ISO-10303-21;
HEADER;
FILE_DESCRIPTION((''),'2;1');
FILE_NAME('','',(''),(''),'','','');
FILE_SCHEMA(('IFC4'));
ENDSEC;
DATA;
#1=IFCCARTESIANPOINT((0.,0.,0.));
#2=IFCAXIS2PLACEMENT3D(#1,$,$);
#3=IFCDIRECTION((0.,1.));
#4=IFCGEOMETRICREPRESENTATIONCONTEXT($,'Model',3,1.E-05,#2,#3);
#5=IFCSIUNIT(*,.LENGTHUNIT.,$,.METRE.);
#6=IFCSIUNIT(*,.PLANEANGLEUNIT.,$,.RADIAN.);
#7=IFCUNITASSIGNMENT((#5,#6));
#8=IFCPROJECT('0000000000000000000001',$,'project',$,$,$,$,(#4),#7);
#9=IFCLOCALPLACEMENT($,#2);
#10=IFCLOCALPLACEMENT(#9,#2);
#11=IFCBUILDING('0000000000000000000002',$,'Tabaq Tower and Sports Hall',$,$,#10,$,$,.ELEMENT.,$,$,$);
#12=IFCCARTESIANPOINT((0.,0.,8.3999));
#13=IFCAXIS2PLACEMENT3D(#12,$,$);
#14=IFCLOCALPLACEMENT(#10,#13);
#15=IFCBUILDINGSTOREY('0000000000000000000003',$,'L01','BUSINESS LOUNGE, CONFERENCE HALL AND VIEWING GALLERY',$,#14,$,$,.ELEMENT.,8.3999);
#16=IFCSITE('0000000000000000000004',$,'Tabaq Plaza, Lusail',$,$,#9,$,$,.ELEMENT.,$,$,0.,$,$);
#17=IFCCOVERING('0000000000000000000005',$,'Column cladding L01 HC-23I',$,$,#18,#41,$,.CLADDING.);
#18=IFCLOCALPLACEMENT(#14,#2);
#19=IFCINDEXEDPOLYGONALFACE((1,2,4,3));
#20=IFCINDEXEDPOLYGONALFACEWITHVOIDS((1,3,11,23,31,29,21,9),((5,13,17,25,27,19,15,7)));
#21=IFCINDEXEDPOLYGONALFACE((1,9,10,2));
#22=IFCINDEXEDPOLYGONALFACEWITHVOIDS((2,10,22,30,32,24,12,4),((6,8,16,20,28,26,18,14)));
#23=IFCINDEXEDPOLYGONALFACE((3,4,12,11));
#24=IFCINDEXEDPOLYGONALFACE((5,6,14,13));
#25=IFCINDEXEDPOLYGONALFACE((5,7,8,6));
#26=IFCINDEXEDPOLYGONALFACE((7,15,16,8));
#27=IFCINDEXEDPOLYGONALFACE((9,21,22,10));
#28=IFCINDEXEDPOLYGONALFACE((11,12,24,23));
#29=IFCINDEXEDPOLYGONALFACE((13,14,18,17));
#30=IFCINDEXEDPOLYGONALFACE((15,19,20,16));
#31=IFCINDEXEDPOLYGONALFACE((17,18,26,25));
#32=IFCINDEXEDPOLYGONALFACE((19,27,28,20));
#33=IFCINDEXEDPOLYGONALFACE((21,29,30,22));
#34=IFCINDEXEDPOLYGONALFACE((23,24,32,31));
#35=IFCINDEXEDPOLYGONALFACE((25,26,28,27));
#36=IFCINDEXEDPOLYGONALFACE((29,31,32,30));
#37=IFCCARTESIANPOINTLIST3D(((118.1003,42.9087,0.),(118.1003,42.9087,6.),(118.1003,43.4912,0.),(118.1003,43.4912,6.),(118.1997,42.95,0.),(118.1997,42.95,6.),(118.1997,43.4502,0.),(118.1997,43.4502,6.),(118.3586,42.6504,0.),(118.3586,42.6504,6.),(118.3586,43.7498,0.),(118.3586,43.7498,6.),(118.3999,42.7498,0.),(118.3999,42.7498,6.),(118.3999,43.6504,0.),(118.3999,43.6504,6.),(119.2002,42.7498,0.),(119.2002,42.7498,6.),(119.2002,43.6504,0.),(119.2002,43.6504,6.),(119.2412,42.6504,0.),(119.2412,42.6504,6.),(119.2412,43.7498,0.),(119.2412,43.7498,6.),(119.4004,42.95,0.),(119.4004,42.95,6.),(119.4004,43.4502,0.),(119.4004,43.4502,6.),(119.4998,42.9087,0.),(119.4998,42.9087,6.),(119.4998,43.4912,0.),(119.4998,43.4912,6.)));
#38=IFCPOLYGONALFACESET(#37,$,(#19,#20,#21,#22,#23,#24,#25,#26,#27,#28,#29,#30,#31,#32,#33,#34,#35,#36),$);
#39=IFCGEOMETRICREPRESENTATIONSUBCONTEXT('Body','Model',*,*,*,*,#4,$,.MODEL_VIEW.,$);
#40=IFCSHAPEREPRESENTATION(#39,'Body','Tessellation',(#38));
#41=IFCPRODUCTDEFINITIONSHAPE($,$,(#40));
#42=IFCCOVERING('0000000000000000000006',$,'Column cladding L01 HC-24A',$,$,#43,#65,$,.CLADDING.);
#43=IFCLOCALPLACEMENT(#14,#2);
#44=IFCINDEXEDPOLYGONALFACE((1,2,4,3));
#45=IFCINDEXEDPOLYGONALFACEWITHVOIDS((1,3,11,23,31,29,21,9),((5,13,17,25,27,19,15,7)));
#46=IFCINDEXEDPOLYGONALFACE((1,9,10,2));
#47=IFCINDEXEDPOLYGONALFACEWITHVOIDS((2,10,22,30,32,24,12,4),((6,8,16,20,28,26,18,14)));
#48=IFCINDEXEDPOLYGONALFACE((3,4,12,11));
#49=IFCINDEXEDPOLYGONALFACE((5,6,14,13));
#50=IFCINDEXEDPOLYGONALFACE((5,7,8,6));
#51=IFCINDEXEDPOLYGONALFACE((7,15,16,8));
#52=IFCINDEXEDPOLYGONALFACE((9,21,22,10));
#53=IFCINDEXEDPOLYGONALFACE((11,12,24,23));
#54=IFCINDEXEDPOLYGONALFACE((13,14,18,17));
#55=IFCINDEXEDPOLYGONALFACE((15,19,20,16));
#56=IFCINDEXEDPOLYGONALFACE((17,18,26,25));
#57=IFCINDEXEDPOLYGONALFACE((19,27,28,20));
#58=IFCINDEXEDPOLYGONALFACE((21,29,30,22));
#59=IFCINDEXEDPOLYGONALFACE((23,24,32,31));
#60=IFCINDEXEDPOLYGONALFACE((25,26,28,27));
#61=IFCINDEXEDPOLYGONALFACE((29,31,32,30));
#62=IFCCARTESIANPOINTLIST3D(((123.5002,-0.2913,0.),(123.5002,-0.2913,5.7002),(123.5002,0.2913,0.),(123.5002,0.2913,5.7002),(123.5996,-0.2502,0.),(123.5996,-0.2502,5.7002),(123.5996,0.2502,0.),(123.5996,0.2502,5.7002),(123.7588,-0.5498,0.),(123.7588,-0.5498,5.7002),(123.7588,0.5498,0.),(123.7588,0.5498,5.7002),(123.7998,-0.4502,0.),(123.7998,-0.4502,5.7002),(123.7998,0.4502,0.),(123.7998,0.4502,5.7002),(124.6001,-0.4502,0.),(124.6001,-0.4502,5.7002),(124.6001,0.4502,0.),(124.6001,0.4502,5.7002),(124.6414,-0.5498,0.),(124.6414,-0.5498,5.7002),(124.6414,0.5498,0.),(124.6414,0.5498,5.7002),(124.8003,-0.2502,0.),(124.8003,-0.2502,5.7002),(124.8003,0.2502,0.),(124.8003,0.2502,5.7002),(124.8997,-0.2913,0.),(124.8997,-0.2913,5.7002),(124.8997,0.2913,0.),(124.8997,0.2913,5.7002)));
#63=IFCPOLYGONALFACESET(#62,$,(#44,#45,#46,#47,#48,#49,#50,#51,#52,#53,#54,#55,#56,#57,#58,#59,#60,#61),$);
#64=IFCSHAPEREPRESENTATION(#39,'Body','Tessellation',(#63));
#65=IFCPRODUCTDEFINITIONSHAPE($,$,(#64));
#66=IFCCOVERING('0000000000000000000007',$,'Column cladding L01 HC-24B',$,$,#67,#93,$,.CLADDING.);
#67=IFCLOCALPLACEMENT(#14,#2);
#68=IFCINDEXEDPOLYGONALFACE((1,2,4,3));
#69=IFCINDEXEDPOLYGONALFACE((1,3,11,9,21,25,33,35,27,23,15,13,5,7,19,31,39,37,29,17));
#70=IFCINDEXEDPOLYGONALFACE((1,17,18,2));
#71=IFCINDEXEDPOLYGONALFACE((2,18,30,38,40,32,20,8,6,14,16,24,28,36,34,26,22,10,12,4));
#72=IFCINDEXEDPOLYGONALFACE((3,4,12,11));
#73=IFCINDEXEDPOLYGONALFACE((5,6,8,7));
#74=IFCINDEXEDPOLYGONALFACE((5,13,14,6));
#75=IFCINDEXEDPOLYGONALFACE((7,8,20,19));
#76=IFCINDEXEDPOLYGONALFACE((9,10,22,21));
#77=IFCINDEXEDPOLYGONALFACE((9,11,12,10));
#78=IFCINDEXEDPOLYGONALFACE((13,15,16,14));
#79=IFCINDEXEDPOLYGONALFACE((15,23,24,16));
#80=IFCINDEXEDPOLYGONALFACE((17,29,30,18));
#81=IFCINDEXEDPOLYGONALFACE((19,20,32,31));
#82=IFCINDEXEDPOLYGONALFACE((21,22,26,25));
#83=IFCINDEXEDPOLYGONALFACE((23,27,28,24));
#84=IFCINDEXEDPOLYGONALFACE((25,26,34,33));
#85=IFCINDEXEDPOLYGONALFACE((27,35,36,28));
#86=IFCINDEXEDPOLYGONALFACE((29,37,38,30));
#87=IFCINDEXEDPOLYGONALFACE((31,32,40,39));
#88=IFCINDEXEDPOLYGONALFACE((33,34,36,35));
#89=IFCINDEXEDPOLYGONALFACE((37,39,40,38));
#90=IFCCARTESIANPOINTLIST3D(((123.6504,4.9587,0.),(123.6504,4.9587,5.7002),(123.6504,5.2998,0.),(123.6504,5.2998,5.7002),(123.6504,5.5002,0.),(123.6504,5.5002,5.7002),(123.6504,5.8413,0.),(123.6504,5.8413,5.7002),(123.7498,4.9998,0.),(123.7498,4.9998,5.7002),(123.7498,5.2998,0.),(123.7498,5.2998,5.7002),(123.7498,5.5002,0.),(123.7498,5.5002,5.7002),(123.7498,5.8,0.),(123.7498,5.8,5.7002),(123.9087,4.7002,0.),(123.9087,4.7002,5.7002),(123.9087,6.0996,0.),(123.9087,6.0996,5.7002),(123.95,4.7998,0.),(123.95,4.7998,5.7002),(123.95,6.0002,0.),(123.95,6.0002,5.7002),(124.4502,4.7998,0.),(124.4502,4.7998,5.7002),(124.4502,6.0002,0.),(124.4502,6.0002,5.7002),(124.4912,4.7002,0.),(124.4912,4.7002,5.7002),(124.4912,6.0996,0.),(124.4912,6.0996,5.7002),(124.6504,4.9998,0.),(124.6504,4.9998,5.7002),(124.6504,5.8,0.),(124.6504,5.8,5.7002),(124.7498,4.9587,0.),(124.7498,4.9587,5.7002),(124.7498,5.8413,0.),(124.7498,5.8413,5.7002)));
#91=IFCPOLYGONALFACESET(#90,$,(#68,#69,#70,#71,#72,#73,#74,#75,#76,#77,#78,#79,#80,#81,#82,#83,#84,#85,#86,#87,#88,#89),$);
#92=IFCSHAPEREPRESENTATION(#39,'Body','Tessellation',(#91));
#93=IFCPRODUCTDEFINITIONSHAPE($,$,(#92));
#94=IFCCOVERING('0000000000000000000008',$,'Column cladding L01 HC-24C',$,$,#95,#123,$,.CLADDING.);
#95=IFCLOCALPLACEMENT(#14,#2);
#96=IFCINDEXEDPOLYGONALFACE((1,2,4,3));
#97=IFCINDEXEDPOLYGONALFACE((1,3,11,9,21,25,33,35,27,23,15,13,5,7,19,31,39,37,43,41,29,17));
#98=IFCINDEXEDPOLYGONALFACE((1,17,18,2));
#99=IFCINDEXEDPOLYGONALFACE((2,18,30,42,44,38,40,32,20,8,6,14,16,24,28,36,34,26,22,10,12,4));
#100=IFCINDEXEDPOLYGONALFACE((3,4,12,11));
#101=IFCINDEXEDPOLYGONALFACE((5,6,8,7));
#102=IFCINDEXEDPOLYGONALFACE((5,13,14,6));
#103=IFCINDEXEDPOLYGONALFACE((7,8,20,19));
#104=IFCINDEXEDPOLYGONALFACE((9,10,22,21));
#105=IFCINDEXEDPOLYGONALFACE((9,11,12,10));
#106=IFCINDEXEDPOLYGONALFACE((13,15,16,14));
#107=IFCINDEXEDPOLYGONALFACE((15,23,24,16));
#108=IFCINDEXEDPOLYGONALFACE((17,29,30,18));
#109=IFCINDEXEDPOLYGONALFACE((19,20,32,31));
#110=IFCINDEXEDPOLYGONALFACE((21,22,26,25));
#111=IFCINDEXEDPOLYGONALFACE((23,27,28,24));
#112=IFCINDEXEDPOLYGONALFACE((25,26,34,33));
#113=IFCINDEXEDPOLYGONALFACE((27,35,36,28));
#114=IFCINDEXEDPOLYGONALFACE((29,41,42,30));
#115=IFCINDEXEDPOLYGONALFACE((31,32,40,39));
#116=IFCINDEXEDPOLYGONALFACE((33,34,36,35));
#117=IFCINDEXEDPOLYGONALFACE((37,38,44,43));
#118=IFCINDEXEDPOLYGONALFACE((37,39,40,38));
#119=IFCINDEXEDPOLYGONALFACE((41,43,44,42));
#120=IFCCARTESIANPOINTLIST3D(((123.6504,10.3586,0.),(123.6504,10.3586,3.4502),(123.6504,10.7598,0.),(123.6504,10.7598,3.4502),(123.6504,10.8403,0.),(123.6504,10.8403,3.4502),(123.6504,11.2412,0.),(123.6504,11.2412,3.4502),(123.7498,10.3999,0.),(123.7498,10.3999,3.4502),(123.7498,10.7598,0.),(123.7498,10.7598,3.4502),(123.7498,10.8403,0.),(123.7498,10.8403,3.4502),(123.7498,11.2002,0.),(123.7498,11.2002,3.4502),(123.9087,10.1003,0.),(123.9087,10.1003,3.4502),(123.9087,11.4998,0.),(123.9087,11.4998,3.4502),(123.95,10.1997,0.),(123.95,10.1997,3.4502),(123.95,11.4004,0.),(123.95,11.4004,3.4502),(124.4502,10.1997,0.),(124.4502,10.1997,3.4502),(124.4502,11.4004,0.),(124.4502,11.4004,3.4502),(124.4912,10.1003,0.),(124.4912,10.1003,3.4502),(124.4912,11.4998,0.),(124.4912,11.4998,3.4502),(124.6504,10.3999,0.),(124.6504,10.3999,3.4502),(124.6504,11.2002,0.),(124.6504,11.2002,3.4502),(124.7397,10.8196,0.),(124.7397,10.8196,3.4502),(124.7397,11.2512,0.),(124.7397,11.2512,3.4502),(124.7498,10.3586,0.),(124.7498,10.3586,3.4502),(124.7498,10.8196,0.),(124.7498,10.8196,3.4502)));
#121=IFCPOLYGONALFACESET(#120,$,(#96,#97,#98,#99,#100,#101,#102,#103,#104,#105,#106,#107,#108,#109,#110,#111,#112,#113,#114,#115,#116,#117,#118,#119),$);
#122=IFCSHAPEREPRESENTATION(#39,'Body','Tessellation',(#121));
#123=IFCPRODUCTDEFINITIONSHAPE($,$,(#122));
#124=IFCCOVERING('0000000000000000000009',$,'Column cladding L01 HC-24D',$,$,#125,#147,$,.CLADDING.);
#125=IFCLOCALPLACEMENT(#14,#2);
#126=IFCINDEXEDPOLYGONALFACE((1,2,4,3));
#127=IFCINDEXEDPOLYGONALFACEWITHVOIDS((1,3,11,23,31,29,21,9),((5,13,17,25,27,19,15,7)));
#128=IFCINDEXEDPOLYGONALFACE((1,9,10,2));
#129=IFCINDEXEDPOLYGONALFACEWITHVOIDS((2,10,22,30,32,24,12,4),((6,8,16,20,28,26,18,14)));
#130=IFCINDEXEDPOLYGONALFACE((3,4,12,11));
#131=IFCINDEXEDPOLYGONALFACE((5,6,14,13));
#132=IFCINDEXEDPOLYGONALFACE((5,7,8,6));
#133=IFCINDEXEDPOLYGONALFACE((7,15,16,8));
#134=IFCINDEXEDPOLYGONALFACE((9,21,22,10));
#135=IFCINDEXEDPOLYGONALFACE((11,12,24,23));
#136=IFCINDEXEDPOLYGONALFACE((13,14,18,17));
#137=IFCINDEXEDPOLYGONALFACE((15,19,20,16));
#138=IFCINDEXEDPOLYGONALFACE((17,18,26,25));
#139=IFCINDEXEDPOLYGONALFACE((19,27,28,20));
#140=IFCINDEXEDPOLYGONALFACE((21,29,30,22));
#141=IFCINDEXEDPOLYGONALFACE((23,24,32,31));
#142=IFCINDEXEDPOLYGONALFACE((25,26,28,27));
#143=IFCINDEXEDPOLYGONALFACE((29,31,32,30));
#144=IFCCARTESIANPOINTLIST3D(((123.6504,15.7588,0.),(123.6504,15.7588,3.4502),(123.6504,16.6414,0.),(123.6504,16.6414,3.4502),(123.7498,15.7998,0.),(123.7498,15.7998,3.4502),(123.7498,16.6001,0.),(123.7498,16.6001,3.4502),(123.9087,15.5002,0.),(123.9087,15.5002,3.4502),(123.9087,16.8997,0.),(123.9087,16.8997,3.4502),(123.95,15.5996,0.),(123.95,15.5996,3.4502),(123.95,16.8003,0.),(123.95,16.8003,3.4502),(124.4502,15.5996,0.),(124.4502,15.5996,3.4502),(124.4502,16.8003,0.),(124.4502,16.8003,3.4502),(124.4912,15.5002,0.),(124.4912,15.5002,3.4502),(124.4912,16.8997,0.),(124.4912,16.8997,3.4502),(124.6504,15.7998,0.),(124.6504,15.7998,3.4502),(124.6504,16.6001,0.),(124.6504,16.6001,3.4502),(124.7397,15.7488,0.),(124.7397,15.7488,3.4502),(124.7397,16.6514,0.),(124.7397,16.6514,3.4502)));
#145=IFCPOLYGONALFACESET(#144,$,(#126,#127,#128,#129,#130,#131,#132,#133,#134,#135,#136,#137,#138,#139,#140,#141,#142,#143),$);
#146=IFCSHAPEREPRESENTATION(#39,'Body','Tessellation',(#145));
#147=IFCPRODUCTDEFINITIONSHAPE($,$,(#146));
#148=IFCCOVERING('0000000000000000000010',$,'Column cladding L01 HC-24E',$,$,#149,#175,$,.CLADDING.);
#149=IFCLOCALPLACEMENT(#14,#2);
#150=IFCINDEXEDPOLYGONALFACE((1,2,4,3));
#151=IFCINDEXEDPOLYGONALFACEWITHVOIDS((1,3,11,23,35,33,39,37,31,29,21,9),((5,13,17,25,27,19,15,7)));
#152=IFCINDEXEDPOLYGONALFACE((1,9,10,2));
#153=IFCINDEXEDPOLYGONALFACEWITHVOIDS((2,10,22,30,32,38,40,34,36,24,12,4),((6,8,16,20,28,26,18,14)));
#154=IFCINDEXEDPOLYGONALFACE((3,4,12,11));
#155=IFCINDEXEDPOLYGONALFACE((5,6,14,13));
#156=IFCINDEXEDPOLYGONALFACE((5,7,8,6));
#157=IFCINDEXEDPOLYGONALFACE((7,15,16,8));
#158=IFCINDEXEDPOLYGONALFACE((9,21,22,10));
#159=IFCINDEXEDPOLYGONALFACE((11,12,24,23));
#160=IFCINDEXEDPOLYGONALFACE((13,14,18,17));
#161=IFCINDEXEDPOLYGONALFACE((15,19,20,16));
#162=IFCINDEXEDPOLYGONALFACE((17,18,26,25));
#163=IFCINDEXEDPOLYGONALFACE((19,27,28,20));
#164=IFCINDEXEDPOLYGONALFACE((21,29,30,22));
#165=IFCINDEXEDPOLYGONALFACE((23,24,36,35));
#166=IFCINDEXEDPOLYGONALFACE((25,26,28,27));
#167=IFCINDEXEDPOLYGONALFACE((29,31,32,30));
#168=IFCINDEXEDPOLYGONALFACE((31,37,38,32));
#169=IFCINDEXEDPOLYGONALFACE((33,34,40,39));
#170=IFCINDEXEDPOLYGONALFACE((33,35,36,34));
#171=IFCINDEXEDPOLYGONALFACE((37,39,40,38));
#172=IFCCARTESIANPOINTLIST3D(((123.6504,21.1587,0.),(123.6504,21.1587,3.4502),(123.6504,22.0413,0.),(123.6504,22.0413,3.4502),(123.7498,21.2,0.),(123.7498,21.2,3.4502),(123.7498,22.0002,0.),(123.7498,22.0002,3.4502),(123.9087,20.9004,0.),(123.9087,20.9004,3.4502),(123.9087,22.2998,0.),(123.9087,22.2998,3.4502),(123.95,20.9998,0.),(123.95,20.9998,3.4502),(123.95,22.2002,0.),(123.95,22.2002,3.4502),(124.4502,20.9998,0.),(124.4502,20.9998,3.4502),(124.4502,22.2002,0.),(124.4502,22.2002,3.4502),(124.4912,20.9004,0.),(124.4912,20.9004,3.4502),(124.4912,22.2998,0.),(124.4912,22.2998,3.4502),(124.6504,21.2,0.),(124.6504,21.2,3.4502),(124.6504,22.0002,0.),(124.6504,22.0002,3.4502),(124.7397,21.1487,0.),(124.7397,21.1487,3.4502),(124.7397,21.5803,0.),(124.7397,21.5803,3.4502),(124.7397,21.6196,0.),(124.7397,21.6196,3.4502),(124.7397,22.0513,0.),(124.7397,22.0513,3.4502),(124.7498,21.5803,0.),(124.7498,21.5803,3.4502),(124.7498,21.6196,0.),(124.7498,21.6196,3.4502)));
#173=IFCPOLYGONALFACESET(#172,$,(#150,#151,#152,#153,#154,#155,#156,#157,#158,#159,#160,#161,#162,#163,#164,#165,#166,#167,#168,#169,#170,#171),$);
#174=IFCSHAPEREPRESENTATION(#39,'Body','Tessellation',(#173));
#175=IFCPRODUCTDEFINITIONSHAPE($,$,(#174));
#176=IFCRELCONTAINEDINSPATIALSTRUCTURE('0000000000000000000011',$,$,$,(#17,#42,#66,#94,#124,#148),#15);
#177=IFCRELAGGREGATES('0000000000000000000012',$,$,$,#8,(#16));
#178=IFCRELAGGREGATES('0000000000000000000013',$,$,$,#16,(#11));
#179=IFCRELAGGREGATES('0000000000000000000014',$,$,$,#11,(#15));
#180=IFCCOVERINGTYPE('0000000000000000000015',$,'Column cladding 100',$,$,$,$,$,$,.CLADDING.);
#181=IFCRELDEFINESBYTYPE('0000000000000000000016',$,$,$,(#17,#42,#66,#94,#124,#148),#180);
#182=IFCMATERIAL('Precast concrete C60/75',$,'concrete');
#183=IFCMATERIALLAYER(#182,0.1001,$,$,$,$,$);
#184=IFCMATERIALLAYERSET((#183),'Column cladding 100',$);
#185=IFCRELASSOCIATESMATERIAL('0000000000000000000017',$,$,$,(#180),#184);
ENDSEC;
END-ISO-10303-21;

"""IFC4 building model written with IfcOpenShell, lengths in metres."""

from ifc_helpers import new_model, si_unit, direction, frame, origin, place, context, subcontext, project, spatial, polyline, outline, extrude, material, layer, layer_set, type_object, element, save


model = new_model("IFC4")

# Units and contexts
model_context = context("Model", 3, precision=1e-05, world=origin(), true_north=direction((0.0, 1.0)))
body_context = subcontext(model_context, "Body", "Model", "MODEL_VIEW")
ifc_project = project(units=[si_unit("LENGTHUNIT", "METRE"), si_unit("PLANEANGLEUNIT", "RADIAN")], contexts=[model_context])

# Site, building, storey
site_placement = place(None, origin())
site = spatial("IfcSite", under=ifc_project, at=site_placement, Name="Tabaq Plaza, Lusail", CompositionType="ELEMENT", RefElevation=0.0)
building_placement = place(site_placement, origin())
building = spatial("IfcBuilding", under=site, at=building_placement, Name="Tabaq Tower and Sports Hall", CompositionType="ELEMENT")
storey_placement = place(building_placement, frame((0.0, 0.0, 8.3999)))
storey = spatial("IfcBuildingStorey", under=building, at=storey_placement, Name="L01", Description="BUSINESS LOUNGE, CONFERENCE HALL AND VIEWING GALLERY", CompositionType="ELEMENT", Elevation=8.3999)

# Coverings
ifc_material = material(Name="Precast concrete C60/75", Category="concrete")
ifc_layer = layer(ifc_material, 0.1001)
ifc_layer_set = layer_set([ifc_layer], Name="Column cladding 100")
covering_type = type_object("IfcCoveringType", Name="Column cladding 100", PredefinedType="CLADDING", material=ifc_layer_set)
covering_1_placement = place(storey_placement, origin())
element("IfcCovering", 1, at=covering_1_placement, inside=storey, type_object=covering_type, Name="Column cladding L01 HC-23I", PredefinedType="CLADDING", context=body_context, shape_type="SweptSolid", body=[
    extrude(outline(polyline([(118.1003, 42.9087), (118.1003, 43.4912), (118.3586, 43.7498), (119.2412, 43.7498), (119.4998, 43.4912), (119.4998, 42.9087), (119.2412, 42.6504), (118.3586, 42.6504), (118.1003, 42.9087)]), holes=[polyline([(119.2002, 42.7498), (119.4004, 42.95), (119.4004, 43.4502), (119.2002, 43.6504), (118.3999, 43.6504), (118.1997, 43.4502), (118.1997, 42.95), (118.3999, 42.7498), (119.2002, 42.7498)])]), origin(), (0.0, 0.0, 1.0), 6.0),
])
covering_2_placement = place(storey_placement, origin())
element("IfcCovering", 2, at=covering_2_placement, inside=storey, type_object=covering_type, Name="Column cladding L01 HC-24A", PredefinedType="CLADDING", context=body_context, shape_type="SweptSolid", body=[
    extrude(outline(polyline([(123.5002, -0.2913), (123.5002, 0.2913), (123.7588, 0.5498), (124.6414, 0.5498), (124.8997, 0.2913), (124.8997, -0.2913), (124.6414, -0.5498), (123.7588, -0.5498), (123.5002, -0.2913)]), holes=[polyline([(124.6001, -0.4502), (124.8003, -0.2502), (124.8003, 0.2502), (124.6001, 0.4502), (123.7998, 0.4502), (123.5996, 0.2502), (123.5996, -0.2502), (123.7998, -0.4502), (124.6001, -0.4502)])]), origin(), (0.0, 0.0, 1.0), 5.7002),
])
covering_3_placement = place(storey_placement, origin())
element("IfcCovering", 3, at=covering_3_placement, inside=storey, type_object=covering_type, Name="Column cladding L01 HC-24B", PredefinedType="CLADDING", context=body_context, shape_type="SweptSolid", body=[
    extrude(outline(polyline([(123.9087, 4.7002), (123.6504, 4.9587), (123.6504, 5.2998), (123.7498, 5.2998), (123.7498, 4.9998), (123.95, 4.7998), (124.4502, 4.7998), (124.6504, 4.9998), (124.6504, 5.8), (124.4502, 6.0002), (123.95, 6.0002), (123.7498, 5.8), (123.7498, 5.5002), (123.6504, 5.5002), (123.6504, 5.8413), (123.9087, 6.0996), (124.4912, 6.0996), (124.7498, 5.8413), (124.7498, 4.9587), (124.4912, 4.7002), (123.9087, 4.7002)])), origin(), (0.0, 0.0, 1.0), 5.7002),
])
covering_4_placement = place(storey_placement, origin())
element("IfcCovering", 4, at=covering_4_placement, inside=storey, type_object=covering_type, Name="Column cladding L01 HC-24C", PredefinedType="CLADDING", context=body_context, shape_type="SweptSolid", body=[
    extrude(outline(polyline([(123.9087, 10.1003), (123.6504, 10.3586), (123.6504, 10.7598), (123.7498, 10.7598), (123.7498, 10.3999), (123.95, 10.1997), (124.4502, 10.1997), (124.6504, 10.3999), (124.6504, 11.2002), (124.4502, 11.4004), (123.95, 11.4004), (123.7498, 11.2002), (123.7498, 10.8403), (123.6504, 10.8403), (123.6504, 11.2412), (123.9087, 11.4998), (124.4912, 11.4998), (124.7397, 11.2512), (124.7397, 10.8196), (124.7498, 10.8196), (124.7498, 10.3586), (124.4912, 10.1003), (123.9087, 10.1003)])), origin(), (0.0, 0.0, 1.0), 3.4502),
])
covering_5_placement = place(storey_placement, origin())
element("IfcCovering", 5, at=covering_5_placement, inside=storey, type_object=covering_type, Name="Column cladding L01 HC-24D", PredefinedType="CLADDING", context=body_context, shape_type="SweptSolid", body=[
    extrude(outline(polyline([(123.9087, 15.5002), (123.6504, 15.7588), (123.6504, 16.6414), (123.9087, 16.8997), (124.4912, 16.8997), (124.7397, 16.6514), (124.7397, 15.7488), (124.4912, 15.5002), (123.9087, 15.5002)]), holes=[polyline([(124.4502, 16.8003), (123.95, 16.8003), (123.7498, 16.6001), (123.7498, 15.7998), (123.95, 15.5996), (124.4502, 15.5996), (124.6504, 15.7998), (124.6504, 16.6001), (124.4502, 16.8003)])]), origin(), (0.0, 0.0, 1.0), 3.4502),
])
covering_6_placement = place(storey_placement, origin())
element("IfcCovering", 6, at=covering_6_placement, inside=storey, type_object=covering_type, Name="Column cladding L01 HC-24E", PredefinedType="CLADDING", context=body_context, shape_type="SweptSolid", body=[
    extrude(outline(polyline([(123.9087, 20.9004), (123.6504, 21.1587), (123.6504, 22.0413), (123.9087, 22.2998), (124.4912, 22.2998), (124.7397, 22.0513), (124.7397, 21.6196), (124.7498, 21.6196), (124.7498, 21.5803), (124.7397, 21.5803), (124.7397, 21.1487), (124.4912, 20.9004), (123.9087, 20.9004)]), holes=[polyline([(124.4502, 22.2002), (123.95, 22.2002), (123.7498, 22.0002), (123.7498, 21.2), (123.95, 20.9998), (124.4502, 20.9998), (124.6504, 21.2), (124.6504, 22.0002), (124.4502, 22.2002)])]), origin(), (0.0, 0.0, 1.0), 3.4502),
])

save(model, "model.ifc")
